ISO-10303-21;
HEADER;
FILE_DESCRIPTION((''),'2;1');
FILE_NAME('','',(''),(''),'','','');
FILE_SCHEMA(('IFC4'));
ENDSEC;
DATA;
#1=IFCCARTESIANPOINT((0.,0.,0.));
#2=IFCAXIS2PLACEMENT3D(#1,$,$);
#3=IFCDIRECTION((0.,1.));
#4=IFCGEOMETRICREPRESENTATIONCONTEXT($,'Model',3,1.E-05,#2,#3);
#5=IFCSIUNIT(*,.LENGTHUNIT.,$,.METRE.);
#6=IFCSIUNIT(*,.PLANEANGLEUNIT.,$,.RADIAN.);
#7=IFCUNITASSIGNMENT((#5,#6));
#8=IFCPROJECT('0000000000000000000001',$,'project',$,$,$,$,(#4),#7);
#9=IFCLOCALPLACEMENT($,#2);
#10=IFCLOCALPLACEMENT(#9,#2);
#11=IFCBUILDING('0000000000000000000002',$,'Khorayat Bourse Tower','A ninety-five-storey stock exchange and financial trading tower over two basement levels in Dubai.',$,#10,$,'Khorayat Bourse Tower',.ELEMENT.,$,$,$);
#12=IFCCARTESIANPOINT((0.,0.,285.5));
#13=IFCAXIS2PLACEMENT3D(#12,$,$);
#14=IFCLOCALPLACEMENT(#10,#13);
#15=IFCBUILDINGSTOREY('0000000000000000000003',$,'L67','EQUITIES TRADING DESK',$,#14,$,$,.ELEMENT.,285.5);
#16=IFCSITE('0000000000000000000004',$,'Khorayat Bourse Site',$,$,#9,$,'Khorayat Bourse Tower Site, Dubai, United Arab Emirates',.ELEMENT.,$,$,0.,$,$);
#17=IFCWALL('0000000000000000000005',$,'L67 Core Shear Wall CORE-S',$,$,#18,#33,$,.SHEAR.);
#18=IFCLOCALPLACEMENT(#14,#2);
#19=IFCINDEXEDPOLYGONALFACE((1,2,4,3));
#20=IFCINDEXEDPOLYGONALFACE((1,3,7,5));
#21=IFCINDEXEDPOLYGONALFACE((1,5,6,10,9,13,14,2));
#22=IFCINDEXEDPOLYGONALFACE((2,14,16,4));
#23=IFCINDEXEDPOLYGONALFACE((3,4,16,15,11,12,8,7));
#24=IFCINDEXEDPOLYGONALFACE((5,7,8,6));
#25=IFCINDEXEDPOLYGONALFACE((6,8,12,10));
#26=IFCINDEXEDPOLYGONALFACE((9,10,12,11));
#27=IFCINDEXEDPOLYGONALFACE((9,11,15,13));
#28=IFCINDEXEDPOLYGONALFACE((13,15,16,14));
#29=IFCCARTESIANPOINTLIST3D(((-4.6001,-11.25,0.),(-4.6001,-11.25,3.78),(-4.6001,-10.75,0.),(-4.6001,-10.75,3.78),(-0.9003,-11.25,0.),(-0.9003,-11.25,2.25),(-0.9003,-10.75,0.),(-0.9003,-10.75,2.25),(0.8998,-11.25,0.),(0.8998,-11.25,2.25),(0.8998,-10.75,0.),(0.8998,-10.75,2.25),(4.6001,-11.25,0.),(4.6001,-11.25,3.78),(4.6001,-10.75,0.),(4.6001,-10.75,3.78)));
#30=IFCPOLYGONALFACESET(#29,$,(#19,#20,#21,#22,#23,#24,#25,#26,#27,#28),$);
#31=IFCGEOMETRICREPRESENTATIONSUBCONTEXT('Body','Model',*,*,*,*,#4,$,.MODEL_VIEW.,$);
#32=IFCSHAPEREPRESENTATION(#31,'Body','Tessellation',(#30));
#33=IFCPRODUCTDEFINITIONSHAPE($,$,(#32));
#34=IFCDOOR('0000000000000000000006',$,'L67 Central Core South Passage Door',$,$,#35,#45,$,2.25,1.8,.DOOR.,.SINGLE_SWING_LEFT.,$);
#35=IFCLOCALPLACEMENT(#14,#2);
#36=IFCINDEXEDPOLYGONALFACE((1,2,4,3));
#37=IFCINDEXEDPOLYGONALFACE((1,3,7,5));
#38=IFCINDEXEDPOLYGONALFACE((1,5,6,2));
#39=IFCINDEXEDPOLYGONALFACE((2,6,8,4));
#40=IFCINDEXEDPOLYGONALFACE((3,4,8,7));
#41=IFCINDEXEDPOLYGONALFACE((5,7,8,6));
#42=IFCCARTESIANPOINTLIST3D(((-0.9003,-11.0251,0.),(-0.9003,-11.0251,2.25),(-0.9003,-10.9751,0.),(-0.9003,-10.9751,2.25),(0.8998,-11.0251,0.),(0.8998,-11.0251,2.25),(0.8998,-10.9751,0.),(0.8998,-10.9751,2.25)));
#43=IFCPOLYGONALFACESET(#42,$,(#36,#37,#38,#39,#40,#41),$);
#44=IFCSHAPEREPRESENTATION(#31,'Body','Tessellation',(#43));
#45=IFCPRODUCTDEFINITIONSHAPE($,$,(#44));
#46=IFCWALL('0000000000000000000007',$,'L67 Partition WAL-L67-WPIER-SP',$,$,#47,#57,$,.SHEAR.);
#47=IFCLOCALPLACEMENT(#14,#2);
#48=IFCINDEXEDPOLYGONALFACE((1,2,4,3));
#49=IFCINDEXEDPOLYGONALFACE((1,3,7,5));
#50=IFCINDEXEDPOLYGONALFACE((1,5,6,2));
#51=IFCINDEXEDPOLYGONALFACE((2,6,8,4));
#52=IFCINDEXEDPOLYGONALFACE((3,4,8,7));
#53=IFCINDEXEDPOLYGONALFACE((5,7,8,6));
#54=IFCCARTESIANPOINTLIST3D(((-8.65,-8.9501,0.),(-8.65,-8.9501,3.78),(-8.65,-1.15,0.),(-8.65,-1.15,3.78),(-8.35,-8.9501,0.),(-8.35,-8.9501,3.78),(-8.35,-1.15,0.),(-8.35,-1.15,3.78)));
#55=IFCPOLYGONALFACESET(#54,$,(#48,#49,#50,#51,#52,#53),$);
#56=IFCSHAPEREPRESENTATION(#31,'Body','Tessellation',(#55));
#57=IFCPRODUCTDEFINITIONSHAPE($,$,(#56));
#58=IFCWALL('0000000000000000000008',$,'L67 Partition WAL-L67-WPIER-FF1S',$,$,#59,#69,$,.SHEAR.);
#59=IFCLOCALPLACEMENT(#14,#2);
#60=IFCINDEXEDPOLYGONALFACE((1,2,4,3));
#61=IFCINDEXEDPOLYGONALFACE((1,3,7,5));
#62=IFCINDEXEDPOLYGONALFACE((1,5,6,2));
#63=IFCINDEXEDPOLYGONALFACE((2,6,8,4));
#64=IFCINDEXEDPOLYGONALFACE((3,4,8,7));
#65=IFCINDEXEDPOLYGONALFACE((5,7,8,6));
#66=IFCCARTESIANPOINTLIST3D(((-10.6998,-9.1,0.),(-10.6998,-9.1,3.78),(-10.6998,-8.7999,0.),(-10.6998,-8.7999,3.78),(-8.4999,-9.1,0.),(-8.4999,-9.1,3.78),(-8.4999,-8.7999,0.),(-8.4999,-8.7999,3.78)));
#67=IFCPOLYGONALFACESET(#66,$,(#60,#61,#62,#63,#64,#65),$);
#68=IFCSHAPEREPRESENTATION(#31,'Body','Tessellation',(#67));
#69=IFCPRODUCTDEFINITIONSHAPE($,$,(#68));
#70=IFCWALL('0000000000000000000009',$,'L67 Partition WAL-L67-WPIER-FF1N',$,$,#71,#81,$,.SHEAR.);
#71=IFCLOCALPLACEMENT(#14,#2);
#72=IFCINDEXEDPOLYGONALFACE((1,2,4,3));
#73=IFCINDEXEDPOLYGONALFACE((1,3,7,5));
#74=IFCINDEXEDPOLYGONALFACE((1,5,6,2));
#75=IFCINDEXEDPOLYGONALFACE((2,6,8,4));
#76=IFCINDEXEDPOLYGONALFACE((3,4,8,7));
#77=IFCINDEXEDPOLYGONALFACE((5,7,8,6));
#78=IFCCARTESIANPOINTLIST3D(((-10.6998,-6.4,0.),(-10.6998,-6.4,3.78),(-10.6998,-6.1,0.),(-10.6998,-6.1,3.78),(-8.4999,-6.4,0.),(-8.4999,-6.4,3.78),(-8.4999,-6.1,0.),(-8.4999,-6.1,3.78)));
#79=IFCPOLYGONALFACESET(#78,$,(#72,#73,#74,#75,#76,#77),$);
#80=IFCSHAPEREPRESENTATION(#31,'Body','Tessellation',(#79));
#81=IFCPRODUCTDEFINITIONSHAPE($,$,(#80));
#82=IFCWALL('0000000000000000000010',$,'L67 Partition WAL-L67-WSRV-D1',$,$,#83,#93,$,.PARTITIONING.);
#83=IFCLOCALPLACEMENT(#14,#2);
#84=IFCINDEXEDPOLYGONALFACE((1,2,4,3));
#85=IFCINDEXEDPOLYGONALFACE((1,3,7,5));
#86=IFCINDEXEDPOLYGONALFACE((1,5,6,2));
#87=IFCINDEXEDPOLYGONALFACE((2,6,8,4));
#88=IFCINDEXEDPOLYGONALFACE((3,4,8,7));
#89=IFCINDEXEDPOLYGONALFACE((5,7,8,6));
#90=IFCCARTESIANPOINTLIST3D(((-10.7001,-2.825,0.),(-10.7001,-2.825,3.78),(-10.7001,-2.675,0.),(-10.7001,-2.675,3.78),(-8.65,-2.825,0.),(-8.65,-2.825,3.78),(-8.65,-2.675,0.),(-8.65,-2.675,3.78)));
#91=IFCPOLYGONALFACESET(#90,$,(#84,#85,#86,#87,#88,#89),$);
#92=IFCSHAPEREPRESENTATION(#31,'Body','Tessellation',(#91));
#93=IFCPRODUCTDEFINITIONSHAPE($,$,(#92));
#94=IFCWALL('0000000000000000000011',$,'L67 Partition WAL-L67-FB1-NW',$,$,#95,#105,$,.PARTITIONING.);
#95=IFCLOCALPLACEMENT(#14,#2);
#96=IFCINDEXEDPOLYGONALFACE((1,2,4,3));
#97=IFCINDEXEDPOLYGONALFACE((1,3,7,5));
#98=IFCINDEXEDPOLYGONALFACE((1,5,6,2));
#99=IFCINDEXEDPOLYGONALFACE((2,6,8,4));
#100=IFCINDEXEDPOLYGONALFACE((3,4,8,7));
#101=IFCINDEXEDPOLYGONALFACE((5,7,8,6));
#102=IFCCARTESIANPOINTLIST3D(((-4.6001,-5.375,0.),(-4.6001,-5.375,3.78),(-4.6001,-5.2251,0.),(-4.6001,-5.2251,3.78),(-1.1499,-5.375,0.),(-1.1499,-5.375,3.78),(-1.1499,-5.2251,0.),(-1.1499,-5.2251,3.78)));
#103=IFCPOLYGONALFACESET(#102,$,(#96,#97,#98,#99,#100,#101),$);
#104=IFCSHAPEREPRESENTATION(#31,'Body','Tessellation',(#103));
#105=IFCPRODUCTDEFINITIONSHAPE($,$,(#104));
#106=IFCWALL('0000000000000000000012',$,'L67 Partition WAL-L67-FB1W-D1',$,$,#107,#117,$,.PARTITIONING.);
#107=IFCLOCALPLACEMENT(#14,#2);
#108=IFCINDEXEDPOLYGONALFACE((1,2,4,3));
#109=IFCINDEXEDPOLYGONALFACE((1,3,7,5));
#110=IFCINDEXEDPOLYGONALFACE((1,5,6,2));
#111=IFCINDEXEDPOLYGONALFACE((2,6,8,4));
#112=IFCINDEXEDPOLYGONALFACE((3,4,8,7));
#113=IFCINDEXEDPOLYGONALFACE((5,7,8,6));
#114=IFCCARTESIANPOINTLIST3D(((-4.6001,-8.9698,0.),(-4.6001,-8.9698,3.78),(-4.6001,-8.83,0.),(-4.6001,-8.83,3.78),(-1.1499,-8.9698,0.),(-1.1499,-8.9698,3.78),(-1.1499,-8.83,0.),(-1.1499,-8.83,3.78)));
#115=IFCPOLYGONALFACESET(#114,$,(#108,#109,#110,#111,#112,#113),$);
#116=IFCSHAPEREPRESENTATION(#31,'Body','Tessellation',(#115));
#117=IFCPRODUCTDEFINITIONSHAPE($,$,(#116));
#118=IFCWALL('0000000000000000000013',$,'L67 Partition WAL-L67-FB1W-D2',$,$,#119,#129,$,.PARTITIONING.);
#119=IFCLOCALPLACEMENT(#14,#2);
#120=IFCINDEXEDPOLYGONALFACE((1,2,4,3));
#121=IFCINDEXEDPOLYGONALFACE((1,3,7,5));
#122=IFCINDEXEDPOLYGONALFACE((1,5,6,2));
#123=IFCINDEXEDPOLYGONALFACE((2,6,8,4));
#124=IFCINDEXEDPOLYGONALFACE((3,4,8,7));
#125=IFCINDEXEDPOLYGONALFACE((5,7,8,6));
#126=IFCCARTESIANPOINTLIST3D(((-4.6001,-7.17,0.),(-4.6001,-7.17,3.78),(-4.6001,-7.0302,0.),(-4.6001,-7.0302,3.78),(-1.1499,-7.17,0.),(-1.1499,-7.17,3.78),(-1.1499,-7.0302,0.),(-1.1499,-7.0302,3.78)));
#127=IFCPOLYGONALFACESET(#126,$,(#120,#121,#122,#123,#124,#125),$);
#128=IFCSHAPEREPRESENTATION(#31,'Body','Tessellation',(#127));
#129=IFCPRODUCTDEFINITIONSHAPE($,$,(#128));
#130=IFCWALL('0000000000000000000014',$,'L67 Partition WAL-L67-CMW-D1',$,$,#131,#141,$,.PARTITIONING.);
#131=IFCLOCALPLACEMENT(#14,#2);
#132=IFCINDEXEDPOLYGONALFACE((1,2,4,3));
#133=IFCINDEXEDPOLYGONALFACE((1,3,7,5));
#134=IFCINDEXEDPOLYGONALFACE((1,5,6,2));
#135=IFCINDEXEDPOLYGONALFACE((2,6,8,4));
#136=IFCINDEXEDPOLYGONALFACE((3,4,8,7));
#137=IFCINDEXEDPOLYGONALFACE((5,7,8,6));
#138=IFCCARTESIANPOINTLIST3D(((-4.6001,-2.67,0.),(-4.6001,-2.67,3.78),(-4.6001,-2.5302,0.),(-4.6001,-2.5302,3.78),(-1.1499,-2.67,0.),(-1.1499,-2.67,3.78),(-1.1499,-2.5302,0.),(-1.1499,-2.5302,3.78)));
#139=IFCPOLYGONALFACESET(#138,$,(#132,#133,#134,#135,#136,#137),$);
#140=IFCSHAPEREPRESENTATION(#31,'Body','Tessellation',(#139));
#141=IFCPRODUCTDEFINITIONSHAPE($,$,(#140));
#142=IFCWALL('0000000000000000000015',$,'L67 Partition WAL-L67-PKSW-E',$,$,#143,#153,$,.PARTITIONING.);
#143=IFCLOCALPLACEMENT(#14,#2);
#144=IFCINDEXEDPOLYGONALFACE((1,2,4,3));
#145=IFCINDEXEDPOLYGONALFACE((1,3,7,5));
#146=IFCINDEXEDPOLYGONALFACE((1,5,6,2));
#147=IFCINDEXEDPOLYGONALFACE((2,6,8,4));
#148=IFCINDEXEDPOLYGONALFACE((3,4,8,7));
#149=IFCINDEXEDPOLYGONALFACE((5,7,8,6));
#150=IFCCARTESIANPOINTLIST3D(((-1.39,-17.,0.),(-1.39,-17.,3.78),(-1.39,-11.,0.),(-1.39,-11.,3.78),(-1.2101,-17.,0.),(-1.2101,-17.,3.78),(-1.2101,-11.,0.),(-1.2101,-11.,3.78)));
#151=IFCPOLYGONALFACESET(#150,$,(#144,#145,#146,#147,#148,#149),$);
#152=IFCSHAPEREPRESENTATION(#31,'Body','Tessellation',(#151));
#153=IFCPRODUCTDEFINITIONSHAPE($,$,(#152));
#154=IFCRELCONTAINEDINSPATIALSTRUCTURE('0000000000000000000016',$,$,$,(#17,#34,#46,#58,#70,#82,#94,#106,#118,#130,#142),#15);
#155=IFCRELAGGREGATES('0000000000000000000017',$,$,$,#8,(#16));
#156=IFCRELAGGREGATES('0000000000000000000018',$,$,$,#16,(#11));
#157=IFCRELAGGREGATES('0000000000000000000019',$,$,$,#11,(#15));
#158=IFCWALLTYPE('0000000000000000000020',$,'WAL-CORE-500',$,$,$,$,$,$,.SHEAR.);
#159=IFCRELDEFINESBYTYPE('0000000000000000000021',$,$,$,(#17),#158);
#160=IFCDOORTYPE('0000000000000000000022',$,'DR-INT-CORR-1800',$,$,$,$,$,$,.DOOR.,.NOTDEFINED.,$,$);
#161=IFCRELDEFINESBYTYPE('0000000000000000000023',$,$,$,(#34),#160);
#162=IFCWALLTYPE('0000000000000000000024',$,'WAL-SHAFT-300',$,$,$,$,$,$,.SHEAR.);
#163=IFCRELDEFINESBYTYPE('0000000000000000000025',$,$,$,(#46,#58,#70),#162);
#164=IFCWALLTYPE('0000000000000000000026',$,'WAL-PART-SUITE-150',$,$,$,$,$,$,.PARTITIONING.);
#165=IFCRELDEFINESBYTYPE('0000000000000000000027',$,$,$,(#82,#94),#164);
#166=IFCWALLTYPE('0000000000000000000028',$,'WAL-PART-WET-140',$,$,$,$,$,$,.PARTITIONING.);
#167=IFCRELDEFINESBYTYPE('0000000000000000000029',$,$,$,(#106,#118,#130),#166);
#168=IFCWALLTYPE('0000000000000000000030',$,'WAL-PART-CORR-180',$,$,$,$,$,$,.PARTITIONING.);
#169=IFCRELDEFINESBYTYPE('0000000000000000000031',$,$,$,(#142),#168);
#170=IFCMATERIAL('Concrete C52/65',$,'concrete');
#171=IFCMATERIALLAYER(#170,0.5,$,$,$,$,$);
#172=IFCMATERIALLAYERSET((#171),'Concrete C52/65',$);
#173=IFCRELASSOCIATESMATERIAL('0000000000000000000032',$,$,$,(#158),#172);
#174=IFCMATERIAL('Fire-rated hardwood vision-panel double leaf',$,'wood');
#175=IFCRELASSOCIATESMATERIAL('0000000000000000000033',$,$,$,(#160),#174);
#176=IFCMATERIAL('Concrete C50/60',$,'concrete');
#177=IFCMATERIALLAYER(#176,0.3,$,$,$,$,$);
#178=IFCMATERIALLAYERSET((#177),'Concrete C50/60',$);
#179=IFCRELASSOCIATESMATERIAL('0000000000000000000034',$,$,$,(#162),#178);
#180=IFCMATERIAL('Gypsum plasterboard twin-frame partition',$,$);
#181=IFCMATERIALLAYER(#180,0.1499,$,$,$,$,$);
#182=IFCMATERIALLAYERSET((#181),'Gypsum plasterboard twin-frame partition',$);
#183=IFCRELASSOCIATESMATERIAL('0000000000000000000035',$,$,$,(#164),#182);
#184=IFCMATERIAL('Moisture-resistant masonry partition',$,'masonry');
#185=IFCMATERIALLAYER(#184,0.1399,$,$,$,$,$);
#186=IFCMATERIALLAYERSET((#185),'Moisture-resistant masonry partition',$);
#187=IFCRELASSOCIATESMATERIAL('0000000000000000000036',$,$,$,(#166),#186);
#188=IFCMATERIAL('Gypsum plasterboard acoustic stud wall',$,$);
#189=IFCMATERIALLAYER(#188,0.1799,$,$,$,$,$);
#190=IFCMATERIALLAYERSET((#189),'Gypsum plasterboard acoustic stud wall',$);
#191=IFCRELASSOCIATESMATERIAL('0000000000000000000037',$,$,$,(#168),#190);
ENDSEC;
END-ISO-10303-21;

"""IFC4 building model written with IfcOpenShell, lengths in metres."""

from ifc_helpers import new_model, si_unit, direction, frame, frame_2d, origin, place, context, subcontext, project, spatial, rectangle, extrude, source, transform, mapped, material, layer, layer_set, type_object, element, fill, save


model = new_model("IFC4")

# Units and contexts
model_context = context("Model", 3, precision=1e-05, world=origin(), true_north=direction((0.0, 1.0)))
body_context = subcontext(model_context, "Body", "Model", "MODEL_VIEW")
ifc_project = project(units=[si_unit("LENGTHUNIT", "METRE"), si_unit("PLANEANGLEUNIT", "RADIAN")], contexts=[model_context])

# Site, building, storey
site_placement = place(None, origin())
site = spatial("IfcSite", under=ifc_project, at=site_placement, Name="Khorayat Bourse Site", LongName="Khorayat Bourse Tower Site, Dubai, United Arab Emirates", CompositionType="ELEMENT", RefElevation=0.0)
building_placement = place(site_placement, origin())
building = spatial("IfcBuilding", under=site, at=building_placement, Name="Khorayat Bourse Tower", Description="A ninety-five-storey stock exchange and financial trading tower over two basement levels in Dubai.", LongName="Khorayat Bourse Tower", CompositionType="ELEMENT")
storey_placement = place(building_placement, frame((0.0, 0.0, 285.5)))
storey = spatial("IfcBuildingStorey", under=building, at=storey_placement, Name="L67", Description="EQUITIES TRADING DESK", CompositionType="ELEMENT", Elevation=285.5)

# Shared definitions
ifc_material_1 = material(Name="Concrete C52/65", Category="concrete")

# Shared definitions
ifc_layer_1 = layer(ifc_material_1, 0.5)
ifc_layer_set_1 = layer_set([ifc_layer_1], Name="Concrete C52/65")
wall_type_1 = type_object("IfcWallType", Name="WAL-CORE-500", PredefinedType="SHEAR", material=ifc_layer_set_1)

# Wall, opening, door
shared_shape_1 = source(origin(), body_context, "Body", "SweptSolid", [
    extrude(rectangle(XDim=9.2002, YDim=0.5, at=frame_2d((4.6001, 0.0))), origin(), (0.0, 0.0, 1.0), 3.78),
])
wall_1_placement = place(storey_placement, frame((-4.6001, -11.0, 0.0), z_axis=(0.0, 0.0, 1.0), x_axis=(1.0, 0.0, 0.0)))
wall_1 = element("IfcWall", 1, at=wall_1_placement, inside=storey, type_object=wall_type_1, Name="L67 Core Shear Wall CORE-S", PredefinedType="SHEAR", context=body_context, shape_type="MappedRepresentation", body=[
    mapped(shared_shape_1, transform((0.0, 0.0, 0.0), scale=1.0)),
])
shared_shape_2 = source(origin(), body_context, "Body", "SweptSolid", [
    extrude(rectangle(XDim=1.8, YDim=2.25, at=frame_2d((0.8999, 1.125))), frame((0.0, 0.26, 0.0), z_axis=(0.0, -1.0, 0.0), x_axis=(1.0, 0.0, 0.0)), (0.0, 0.0, 1.0), 0.52),
])
opening_placement = place(wall_1_placement, frame((3.7, 0.0, 0.0)))
opening = element("IfcOpeningElement", 2, at=opening_placement, cuts=wall_1, PredefinedType="OPENING", context=body_context, shape_type="MappedRepresentation", body=[
    mapped(shared_shape_2, transform((0.0, 0.0, 0.0), scale=1.0)),
])
ifc_material_2 = material(Name="Fire-rated hardwood vision-panel double leaf", Category="wood")
door_type = type_object("IfcDoorType", Name="DR-INT-CORR-1800", OperationType="NOTDEFINED", PredefinedType="DOOR", material=ifc_material_2)
shared_shape_3 = source(origin(), body_context, "Body", "SweptSolid", [
    extrude(rectangle(XDim=1.8, YDim=2.25, at=frame_2d((0.8999, 1.125))), frame((0.0, 0.0249, 0.0), z_axis=(0.0, -1.0, 0.0), x_axis=(1.0, 0.0, 0.0)), (0.0, 0.0, 1.0), 0.05),
])
door_placement = place(opening_placement, origin())
door = element("IfcDoor", 3, at=door_placement, inside=storey, type_object=door_type, Name="L67 Central Core South Passage Door", OperationType="SINGLE_SWING_LEFT", OverallHeight=2.25, OverallWidth=1.8, PredefinedType="DOOR", context=body_context, shape_type="MappedRepresentation", body=[
    mapped(shared_shape_3, transform((0.0, 0.0, 0.0), scale=1.0)),
])
fill(opening, door)

# Walls
ifc_material_3 = material(Name="Concrete C50/60", Category="concrete")
ifc_layer_2 = layer(ifc_material_3, 0.3)
ifc_layer_set_2 = layer_set([ifc_layer_2], Name="Concrete C50/60")
wall_type_2 = type_object("IfcWallType", Name="WAL-SHAFT-300", PredefinedType="SHEAR", material=ifc_layer_set_2)
shared_shape_4 = source(origin(), body_context, "Body", "SweptSolid", [
    extrude(rectangle(XDim=7.8, YDim=0.3, at=frame_2d((3.8999, 0.0))), origin(), (0.0, 0.0, 1.0), 3.78),
])
wall_2_placement = place(storey_placement, frame((-8.5, -8.95, 0.0), z_axis=(0.0, 0.0, 1.0), x_axis=(0.0, 1.0, 0.0)))
element("IfcWall", 4, at=wall_2_placement, inside=storey, type_object=wall_type_2, Name="L67 Partition WAL-L67-WPIER-SP", PredefinedType="SHEAR", context=body_context, shape_type="MappedRepresentation", body=[
    mapped(shared_shape_4, transform((0.0, 0.0, 0.0), scale=1.0)),
])
shared_shape_5 = source(origin(), body_context, "Body", "SweptSolid", [
    extrude(rectangle(XDim=2.2, YDim=0.3, at=frame_2d((1.1001, 0.0))), origin(), (0.0, 0.0, 1.0), 3.78),
])
for number, where, z_axis, x_axis, name in (
    (5, (-10.7, -8.95, 0.0), (0.0, 0.0, 1.0), (1.0, 0.0, 0.0), "L67 Partition WAL-L67-WPIER-FF1S"),
    (6, (-10.7, -6.25, 0.0), (0.0, 0.0, 1.0), (1.0, 0.0, 0.0), "L67 Partition WAL-L67-WPIER-FF1N"),
):
    element("IfcWall", number, at=place(storey_placement, frame(where, z_axis=z_axis, x_axis=x_axis)), inside=storey, type_object=wall_type_2, Name=name, PredefinedType="SHEAR", context=body_context, shape_type="MappedRepresentation", body=[
        mapped(shared_shape_5, transform((0.0, 0.0, 0.0), scale=1.0)),
    ])
ifc_material_4 = material(Name="Gypsum plasterboard twin-frame partition")
ifc_layer_3 = layer(ifc_material_4, 0.1499)
ifc_layer_set_3 = layer_set([ifc_layer_3], Name="Gypsum plasterboard twin-frame partition")
wall_type_3 = type_object("IfcWallType", Name="WAL-PART-SUITE-150", PredefinedType="PARTITIONING", material=ifc_layer_set_3)
shared_shape_6 = source(origin(), body_context, "Body", "SweptSolid", [
    extrude(rectangle(XDim=2.05, YDim=0.1499, at=frame_2d((1.0249, 0.0))), origin(), (0.0, 0.0, 1.0), 3.78),
])
wall_3_placement = place(storey_placement, frame((-10.7, -2.75, 0.0), z_axis=(0.0, 0.0, 1.0), x_axis=(1.0, 0.0, 0.0)))
element("IfcWall", 7, at=wall_3_placement, inside=storey, type_object=wall_type_3, Name="L67 Partition WAL-L67-WSRV-D1", PredefinedType="PARTITIONING", context=body_context, shape_type="MappedRepresentation", body=[
    mapped(shared_shape_6, transform((0.0, 0.0, 0.0), scale=1.0)),
])
shared_shape_7 = source(origin(), body_context, "Body", "SweptSolid", [
    extrude(rectangle(XDim=3.4502, YDim=0.1499, at=frame_2d((1.7251, 0.0))), origin(), (0.0, 0.0, 1.0), 3.78),
])
wall_4_placement = place(storey_placement, frame((-4.6001, -5.3, 0.0), z_axis=(0.0, 0.0, 1.0), x_axis=(1.0, 0.0, 0.0)))
element("IfcWall", 8, at=wall_4_placement, inside=storey, type_object=wall_type_3, Name="L67 Partition WAL-L67-FB1-NW", PredefinedType="PARTITIONING", context=body_context, shape_type="MappedRepresentation", body=[
    mapped(shared_shape_7, transform((0.0, 0.0, 0.0), scale=1.0)),
])
ifc_material_5 = material(Name="Moisture-resistant masonry partition", Category="masonry")
ifc_layer_4 = layer(ifc_material_5, 0.1399)
ifc_layer_set_4 = layer_set([ifc_layer_4], Name="Moisture-resistant masonry partition")
wall_type_4 = type_object("IfcWallType", Name="WAL-PART-WET-140", PredefinedType="PARTITIONING", material=ifc_layer_set_4)
shared_shape_8 = source(origin(), body_context, "Body", "SweptSolid", [
    extrude(rectangle(XDim=3.4502, YDim=0.1399, at=frame_2d((1.7251, 0.0))), origin(), (0.0, 0.0, 1.0), 3.78),
])
for number, where, z_axis, x_axis, name in (
    (9, (-4.6001, -8.8999, 0.0), (0.0, 0.0, 1.0), (1.0, 0.0, 0.0), "L67 Partition WAL-L67-FB1W-D1"),
    (10, (-4.6001, -7.1001, 0.0), (0.0, 0.0, 1.0), (1.0, 0.0, 0.0), "L67 Partition WAL-L67-FB1W-D2"),
    (11, (-4.6001, -2.6001, 0.0), (0.0, 0.0, 1.0), (1.0, 0.0, 0.0), "L67 Partition WAL-L67-CMW-D1"),
):
    element("IfcWall", number, at=place(storey_placement, frame(where, z_axis=z_axis, x_axis=x_axis)), inside=storey, type_object=wall_type_4, Name=name, PredefinedType="PARTITIONING", context=body_context, shape_type="MappedRepresentation", body=[
        mapped(shared_shape_8, transform((0.0, 0.0, 0.0), scale=1.0)),
    ])
ifc_material_6 = material(Name="Gypsum plasterboard acoustic stud wall")
ifc_layer_5 = layer(ifc_material_6, 0.1799)
ifc_layer_set_5 = layer_set([ifc_layer_5], Name="Gypsum plasterboard acoustic stud wall")
wall_type_5 = type_object("IfcWallType", Name="WAL-PART-CORR-180", PredefinedType="PARTITIONING", material=ifc_layer_set_5)
shared_shape_9 = source(origin(), body_context, "Body", "SweptSolid", [
    extrude(rectangle(XDim=6.0, YDim=0.1799, at=frame_2d((3.0, 0.0))), origin(), (0.0, 0.0, 1.0), 3.78),
])
wall_5_placement = place(storey_placement, frame((-1.3, -17.0, 0.0), z_axis=(0.0, 0.0, 1.0), x_axis=(0.0, 1.0, 0.0)))
element("IfcWall", 12, at=wall_5_placement, inside=storey, type_object=wall_type_5, Name="L67 Partition WAL-L67-PKSW-E", PredefinedType="PARTITIONING", context=body_context, shape_type="MappedRepresentation", body=[
    mapped(shared_shape_9, transform((0.0, 0.0, 0.0), scale=1.0)),
])

save(model, "model.ifc")
